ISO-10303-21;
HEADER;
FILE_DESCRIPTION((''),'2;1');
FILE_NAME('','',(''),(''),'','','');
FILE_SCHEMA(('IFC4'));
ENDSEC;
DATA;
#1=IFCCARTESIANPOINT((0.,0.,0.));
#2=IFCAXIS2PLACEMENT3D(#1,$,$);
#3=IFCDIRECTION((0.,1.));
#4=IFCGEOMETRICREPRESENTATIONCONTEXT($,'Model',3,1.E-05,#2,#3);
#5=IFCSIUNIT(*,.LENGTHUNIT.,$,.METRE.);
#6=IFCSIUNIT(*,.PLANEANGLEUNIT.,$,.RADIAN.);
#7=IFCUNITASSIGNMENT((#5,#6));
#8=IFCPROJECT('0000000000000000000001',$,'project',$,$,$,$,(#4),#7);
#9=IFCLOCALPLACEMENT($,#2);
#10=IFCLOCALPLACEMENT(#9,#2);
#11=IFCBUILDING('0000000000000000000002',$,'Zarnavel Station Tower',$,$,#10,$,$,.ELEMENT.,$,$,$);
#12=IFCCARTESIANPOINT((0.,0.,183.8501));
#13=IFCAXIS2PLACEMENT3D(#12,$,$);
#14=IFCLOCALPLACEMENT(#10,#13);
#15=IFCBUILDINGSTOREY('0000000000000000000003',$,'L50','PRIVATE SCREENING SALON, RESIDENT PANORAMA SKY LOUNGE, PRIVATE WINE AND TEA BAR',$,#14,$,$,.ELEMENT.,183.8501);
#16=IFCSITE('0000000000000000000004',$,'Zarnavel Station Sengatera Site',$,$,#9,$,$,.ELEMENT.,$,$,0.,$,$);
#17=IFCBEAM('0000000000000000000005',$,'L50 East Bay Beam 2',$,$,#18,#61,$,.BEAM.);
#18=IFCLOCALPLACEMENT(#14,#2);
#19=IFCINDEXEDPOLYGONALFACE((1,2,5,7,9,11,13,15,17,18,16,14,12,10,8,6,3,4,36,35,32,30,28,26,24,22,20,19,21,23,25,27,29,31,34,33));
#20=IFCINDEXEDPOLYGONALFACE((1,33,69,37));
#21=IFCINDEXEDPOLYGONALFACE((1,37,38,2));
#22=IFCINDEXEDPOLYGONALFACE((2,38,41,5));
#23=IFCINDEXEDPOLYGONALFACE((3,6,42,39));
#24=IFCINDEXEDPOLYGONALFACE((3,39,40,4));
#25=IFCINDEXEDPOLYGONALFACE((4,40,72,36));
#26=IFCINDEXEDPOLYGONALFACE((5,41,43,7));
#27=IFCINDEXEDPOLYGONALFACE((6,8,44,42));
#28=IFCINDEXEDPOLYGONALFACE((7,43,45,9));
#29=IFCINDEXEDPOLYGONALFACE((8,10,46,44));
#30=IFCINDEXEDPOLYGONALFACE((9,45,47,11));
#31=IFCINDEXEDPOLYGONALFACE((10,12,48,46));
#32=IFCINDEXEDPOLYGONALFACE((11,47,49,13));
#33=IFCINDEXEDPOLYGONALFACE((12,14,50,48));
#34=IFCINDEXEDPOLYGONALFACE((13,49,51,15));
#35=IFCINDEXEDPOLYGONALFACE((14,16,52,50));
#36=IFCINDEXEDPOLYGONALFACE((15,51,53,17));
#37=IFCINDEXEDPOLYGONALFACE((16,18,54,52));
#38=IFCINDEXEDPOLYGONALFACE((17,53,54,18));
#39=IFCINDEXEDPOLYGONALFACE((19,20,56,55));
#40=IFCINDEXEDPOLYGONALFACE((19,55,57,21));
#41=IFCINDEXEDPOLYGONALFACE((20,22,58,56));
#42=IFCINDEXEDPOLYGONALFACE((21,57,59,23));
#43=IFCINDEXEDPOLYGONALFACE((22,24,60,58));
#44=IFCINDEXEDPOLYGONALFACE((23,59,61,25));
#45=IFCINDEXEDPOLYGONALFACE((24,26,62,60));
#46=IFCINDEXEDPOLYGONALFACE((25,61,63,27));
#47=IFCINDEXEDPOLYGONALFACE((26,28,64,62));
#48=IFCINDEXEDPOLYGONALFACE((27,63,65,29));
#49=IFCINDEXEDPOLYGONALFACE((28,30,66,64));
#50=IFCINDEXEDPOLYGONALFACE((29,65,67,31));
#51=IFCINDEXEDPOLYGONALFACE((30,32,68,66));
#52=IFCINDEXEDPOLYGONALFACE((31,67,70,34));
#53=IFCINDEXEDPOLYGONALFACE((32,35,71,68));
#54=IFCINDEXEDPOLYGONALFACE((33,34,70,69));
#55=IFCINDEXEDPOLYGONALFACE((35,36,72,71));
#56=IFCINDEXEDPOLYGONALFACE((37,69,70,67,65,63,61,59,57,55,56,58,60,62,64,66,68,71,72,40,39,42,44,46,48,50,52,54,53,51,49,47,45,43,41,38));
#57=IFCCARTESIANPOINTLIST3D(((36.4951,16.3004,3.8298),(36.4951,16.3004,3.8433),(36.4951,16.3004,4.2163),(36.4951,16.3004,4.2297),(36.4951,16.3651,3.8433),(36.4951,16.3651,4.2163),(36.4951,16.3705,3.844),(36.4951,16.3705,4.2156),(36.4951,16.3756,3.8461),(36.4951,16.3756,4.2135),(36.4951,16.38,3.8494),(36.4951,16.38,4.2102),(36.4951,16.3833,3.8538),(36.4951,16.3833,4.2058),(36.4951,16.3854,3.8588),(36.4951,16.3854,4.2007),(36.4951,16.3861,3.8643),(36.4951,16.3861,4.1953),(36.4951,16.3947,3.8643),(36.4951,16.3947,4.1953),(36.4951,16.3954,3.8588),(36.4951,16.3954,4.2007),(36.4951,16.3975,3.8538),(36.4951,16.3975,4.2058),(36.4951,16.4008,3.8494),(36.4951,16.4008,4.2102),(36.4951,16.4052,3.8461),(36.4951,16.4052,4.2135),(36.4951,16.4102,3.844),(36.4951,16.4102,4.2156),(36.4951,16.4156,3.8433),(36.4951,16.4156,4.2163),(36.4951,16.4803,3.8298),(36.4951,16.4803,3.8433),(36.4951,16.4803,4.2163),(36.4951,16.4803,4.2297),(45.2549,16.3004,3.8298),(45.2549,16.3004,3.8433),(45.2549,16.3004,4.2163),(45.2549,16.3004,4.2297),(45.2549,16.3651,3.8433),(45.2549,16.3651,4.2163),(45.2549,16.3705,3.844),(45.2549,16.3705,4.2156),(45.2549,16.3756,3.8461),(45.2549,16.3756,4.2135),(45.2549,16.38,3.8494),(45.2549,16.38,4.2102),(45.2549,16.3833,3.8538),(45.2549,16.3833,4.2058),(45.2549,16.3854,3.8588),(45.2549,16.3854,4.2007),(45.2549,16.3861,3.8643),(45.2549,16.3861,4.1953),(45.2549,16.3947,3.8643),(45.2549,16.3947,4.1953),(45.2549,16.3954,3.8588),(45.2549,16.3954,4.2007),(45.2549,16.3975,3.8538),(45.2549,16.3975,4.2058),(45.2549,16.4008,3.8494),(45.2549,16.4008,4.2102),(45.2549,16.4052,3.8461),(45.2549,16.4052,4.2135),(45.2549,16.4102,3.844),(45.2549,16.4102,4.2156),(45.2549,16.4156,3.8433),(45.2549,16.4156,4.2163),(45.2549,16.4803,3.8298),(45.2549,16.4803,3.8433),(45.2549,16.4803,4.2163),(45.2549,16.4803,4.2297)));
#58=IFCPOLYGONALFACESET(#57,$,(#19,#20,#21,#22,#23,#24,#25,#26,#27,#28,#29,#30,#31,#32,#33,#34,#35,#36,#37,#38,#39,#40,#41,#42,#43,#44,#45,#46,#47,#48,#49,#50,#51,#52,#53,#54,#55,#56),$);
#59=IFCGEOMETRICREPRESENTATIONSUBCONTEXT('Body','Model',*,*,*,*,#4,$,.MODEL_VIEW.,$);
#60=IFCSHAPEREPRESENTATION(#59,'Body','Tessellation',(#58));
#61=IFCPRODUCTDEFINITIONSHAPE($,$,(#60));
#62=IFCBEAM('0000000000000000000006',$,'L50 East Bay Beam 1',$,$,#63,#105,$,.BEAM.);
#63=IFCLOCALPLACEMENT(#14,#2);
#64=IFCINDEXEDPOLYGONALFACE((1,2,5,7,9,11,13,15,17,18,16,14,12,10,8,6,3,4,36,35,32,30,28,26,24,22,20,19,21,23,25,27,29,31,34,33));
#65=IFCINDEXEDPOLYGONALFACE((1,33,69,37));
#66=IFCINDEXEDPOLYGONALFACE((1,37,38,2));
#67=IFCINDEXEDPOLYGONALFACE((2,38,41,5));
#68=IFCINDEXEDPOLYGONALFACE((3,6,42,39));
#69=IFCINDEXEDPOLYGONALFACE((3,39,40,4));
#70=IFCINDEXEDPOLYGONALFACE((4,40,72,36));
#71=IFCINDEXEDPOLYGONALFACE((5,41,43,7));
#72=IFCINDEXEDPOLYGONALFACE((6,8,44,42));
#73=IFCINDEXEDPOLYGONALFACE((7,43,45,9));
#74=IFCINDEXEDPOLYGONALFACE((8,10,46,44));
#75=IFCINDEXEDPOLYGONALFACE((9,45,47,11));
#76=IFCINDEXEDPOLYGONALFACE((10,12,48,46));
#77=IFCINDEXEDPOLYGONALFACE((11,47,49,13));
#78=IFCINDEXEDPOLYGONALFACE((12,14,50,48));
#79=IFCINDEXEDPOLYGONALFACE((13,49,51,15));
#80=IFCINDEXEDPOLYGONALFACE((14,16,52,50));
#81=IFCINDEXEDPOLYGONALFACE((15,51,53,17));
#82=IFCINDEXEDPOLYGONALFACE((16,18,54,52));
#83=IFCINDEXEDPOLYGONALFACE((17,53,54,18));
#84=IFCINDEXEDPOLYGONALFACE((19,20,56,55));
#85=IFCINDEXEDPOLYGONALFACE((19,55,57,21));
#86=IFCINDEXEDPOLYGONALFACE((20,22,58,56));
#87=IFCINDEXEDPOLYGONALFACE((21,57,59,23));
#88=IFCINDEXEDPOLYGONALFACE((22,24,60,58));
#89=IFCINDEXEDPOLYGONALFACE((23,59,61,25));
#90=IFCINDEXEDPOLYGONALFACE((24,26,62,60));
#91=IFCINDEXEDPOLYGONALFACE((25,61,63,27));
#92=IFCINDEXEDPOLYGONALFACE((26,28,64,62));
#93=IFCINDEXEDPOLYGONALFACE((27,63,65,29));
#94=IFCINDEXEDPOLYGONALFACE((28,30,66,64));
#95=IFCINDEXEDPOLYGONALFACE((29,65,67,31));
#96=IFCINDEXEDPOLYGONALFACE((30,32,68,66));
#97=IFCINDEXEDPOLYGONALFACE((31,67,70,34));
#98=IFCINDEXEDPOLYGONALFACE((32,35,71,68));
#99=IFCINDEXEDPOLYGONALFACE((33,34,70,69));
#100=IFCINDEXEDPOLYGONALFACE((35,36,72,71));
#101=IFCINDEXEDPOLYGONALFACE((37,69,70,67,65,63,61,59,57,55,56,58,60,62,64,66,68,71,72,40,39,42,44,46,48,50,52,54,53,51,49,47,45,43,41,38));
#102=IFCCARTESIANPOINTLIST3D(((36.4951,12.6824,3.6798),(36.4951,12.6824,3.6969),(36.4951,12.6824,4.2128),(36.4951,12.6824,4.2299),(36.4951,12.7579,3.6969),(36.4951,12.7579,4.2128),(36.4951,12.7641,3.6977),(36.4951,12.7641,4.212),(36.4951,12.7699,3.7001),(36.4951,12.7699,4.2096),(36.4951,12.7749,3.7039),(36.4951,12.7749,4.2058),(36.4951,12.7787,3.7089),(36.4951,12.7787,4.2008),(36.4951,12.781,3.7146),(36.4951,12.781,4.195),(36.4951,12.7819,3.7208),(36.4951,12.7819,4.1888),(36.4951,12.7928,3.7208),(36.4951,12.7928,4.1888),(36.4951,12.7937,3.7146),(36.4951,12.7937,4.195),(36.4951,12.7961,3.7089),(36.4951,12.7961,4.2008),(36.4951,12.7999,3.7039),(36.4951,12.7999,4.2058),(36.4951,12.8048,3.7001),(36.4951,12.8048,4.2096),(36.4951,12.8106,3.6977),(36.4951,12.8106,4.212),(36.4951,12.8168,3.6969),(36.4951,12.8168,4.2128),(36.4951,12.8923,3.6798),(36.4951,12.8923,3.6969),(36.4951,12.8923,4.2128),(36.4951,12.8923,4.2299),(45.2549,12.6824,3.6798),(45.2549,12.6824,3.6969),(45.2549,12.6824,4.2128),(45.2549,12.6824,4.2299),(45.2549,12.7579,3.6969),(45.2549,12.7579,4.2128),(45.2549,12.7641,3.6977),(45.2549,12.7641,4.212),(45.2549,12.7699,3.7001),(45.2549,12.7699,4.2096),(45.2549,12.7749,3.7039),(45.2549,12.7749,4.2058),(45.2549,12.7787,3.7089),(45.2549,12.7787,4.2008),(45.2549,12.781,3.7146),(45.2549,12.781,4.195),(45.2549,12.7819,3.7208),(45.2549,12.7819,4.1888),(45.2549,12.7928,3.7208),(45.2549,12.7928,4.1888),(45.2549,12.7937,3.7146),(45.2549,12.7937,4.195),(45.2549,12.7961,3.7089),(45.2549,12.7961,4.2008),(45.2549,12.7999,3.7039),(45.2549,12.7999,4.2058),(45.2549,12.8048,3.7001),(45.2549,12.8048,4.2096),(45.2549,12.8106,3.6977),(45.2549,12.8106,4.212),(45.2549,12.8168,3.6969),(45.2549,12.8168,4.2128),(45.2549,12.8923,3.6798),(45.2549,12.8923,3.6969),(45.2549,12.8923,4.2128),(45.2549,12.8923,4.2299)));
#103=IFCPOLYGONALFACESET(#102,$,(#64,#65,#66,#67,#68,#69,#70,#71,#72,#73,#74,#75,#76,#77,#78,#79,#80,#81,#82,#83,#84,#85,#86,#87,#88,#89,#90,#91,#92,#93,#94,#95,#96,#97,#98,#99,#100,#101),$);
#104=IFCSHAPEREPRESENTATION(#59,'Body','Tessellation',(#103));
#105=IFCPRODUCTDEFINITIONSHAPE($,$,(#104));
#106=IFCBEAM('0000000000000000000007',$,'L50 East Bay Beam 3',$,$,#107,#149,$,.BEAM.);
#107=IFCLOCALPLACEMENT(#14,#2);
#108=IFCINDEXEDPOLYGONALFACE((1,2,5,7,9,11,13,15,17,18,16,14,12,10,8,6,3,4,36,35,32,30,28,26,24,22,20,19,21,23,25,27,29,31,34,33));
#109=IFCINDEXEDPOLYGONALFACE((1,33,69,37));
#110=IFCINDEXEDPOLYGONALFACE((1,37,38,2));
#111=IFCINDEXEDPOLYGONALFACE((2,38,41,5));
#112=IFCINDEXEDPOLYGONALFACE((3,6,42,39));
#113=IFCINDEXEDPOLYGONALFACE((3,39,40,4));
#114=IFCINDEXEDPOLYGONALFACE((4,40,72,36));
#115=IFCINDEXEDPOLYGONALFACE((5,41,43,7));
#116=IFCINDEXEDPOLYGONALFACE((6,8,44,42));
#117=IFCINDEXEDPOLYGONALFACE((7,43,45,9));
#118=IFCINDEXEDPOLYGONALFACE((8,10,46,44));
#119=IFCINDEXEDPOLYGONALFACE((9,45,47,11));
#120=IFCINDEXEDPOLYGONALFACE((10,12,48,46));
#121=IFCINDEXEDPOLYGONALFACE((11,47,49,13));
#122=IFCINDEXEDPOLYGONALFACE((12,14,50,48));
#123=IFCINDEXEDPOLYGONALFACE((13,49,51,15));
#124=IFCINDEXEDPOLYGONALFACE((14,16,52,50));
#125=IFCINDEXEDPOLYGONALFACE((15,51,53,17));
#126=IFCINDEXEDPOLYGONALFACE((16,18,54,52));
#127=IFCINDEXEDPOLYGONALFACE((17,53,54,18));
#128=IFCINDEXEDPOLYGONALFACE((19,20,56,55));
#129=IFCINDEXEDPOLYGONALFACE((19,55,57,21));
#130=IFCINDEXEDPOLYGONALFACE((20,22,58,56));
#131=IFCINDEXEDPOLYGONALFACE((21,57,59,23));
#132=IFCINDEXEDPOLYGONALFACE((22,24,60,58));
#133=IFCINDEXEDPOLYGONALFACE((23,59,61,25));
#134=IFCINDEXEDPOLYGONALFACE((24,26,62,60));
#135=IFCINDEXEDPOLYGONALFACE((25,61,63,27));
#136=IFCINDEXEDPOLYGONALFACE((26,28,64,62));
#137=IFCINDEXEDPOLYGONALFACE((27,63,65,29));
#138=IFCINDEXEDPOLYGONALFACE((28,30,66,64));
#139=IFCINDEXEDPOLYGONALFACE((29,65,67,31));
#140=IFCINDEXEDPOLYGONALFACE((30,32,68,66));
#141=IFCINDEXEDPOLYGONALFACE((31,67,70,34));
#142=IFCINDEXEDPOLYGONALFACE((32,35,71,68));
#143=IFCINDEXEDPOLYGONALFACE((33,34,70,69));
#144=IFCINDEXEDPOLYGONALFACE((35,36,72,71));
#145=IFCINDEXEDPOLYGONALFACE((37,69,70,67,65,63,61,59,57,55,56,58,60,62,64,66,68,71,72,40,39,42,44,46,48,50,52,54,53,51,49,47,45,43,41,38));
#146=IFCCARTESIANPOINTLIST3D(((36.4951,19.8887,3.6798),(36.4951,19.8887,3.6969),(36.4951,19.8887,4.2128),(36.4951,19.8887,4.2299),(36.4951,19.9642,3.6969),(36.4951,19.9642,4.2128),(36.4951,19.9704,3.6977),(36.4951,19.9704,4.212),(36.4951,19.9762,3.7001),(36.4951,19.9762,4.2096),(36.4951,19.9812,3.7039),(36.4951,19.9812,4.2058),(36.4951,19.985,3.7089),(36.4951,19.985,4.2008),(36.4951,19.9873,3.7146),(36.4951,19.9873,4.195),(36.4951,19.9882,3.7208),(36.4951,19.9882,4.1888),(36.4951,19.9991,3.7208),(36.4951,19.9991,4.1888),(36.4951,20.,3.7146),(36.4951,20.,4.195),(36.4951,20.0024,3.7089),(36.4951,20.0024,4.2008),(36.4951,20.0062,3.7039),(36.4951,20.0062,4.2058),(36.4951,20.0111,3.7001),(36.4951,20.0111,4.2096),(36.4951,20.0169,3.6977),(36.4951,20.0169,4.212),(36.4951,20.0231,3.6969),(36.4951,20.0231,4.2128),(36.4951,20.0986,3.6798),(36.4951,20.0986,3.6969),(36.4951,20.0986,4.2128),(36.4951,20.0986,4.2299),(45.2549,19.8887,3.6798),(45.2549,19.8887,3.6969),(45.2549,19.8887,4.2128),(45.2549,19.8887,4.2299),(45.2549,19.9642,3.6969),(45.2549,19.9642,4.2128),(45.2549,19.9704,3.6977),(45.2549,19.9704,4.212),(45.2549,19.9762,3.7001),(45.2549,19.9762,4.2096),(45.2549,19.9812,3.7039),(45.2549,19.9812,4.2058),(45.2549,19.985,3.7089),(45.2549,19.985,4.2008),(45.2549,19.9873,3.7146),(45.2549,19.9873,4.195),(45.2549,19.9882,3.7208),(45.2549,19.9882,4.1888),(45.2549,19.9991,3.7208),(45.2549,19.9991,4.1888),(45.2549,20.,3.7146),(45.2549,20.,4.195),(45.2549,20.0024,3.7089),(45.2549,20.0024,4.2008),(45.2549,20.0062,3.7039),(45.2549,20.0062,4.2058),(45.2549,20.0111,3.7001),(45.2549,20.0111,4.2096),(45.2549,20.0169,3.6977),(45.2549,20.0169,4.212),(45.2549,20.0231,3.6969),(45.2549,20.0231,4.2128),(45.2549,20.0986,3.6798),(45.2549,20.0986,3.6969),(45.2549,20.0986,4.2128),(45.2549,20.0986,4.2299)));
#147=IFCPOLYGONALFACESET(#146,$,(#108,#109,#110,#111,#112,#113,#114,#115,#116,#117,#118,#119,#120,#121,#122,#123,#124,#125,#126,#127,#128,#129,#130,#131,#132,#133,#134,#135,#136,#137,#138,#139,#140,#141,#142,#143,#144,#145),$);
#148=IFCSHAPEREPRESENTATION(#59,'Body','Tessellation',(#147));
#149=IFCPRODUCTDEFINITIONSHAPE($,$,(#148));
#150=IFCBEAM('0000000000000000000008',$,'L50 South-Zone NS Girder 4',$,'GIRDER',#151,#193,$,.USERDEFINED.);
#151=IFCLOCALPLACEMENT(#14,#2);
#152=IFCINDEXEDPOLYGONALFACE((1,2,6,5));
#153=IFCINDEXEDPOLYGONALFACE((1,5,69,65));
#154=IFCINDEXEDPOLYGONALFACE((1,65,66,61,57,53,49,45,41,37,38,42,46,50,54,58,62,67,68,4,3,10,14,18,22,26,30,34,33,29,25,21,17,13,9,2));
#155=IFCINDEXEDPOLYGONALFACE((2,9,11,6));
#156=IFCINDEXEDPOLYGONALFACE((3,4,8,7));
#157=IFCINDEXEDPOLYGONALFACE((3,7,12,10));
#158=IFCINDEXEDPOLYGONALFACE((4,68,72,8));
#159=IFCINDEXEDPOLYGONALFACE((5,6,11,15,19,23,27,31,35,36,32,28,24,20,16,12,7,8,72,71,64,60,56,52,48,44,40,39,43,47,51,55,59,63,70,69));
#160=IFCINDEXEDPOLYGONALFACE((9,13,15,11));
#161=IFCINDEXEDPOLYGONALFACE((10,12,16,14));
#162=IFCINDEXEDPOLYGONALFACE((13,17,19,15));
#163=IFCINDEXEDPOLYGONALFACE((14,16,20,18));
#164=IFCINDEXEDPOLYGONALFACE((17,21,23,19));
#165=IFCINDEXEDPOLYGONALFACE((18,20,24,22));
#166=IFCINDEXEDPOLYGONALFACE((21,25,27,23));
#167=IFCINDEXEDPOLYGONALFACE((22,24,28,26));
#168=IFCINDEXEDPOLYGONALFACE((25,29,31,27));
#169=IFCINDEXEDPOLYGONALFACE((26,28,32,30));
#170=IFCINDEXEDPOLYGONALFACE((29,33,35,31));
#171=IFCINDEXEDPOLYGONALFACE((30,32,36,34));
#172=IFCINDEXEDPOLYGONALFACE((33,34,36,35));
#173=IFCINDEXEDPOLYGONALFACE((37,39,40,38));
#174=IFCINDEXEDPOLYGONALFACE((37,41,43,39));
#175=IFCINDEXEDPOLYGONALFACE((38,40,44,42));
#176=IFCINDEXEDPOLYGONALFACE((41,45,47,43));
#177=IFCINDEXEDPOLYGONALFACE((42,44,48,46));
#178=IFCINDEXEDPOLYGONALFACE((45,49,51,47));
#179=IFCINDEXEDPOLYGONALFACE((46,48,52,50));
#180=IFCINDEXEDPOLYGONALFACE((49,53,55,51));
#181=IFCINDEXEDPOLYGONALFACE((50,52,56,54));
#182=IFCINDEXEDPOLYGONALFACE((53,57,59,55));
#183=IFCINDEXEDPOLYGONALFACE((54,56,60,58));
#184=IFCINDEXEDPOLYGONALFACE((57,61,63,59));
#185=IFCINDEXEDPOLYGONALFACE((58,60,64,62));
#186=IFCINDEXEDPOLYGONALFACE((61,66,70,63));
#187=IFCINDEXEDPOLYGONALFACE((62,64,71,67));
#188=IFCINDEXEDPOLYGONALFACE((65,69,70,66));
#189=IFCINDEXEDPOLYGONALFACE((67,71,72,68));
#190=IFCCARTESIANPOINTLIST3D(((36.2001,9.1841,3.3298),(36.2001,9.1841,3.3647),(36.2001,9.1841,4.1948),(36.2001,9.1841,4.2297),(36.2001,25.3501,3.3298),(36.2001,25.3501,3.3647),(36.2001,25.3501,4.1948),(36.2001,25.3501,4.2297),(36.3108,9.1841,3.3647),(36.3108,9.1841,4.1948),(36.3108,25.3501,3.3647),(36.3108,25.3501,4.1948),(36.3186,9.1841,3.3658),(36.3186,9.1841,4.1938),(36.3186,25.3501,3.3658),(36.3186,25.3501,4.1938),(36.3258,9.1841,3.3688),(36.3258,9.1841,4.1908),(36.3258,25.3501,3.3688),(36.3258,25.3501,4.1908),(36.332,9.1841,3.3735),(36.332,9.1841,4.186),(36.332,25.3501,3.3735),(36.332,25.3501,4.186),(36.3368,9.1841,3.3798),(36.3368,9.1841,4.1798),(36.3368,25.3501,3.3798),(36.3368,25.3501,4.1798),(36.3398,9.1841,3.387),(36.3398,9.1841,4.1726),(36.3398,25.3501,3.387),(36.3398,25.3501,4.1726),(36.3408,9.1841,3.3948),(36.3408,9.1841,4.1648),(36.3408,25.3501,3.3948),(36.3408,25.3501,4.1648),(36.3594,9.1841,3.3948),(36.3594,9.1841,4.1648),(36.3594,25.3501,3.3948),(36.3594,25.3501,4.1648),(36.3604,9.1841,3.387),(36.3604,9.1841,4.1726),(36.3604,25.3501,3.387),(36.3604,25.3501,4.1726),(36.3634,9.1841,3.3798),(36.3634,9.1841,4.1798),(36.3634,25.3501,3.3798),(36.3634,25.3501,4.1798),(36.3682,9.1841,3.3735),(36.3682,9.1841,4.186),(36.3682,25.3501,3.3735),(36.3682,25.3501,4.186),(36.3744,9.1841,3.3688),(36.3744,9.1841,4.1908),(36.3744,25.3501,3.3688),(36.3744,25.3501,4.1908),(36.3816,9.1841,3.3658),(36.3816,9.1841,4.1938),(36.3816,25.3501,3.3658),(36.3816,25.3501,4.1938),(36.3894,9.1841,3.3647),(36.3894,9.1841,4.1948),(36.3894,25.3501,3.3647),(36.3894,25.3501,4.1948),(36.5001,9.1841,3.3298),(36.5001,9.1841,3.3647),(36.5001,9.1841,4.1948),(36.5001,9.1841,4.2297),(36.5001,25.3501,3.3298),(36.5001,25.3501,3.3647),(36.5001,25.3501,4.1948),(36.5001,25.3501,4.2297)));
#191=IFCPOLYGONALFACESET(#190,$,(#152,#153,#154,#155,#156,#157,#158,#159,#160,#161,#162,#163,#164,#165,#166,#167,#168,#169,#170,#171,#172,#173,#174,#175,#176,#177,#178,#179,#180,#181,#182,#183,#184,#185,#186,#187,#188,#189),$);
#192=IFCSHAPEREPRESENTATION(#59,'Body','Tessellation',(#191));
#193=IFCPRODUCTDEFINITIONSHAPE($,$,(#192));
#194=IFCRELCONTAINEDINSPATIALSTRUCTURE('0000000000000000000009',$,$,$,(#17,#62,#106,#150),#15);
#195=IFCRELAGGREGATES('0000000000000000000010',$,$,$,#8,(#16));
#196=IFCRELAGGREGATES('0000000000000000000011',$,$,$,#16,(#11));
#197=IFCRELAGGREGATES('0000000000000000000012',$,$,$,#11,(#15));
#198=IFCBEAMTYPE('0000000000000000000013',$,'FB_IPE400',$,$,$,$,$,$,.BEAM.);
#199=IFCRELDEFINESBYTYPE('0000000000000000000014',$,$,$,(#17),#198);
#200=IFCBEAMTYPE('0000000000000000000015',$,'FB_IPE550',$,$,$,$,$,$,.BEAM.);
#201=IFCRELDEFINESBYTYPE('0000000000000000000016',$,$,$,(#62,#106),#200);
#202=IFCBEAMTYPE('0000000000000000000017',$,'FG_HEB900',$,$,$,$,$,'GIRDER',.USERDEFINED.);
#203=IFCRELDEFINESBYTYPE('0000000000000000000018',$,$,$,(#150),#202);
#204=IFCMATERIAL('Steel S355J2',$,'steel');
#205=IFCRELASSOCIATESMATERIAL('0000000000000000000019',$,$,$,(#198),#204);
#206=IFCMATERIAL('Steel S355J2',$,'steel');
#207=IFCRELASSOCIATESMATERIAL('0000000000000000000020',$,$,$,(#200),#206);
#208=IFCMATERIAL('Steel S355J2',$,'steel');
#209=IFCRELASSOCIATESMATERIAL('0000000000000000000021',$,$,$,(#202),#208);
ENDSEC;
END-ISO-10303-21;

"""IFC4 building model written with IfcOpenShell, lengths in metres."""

from ifc_helpers import new_model, si_unit, direction, frame, origin, origin_2d, place, context, subcontext, project, spatial, i_section, extrude, material, material_profile, profile_set, type_object, element, save


model = new_model("IFC4")

# Units and contexts
model_context = context("Model", 3, precision=1e-05, world=origin(), true_north=direction((0.0, 1.0)))
body_context = subcontext(model_context, "Body", "Model", "MODEL_VIEW")
ifc_project = project(units=[si_unit("LENGTHUNIT", "METRE"), si_unit("PLANEANGLEUNIT", "RADIAN")], contexts=[model_context])

# Site, building, storey
site_placement = place(None, origin())
site = spatial("IfcSite", under=ifc_project, at=site_placement, Name="Zarnavel Station Sengatera Site", CompositionType="ELEMENT", RefElevation=0.0)
building_placement = place(site_placement, origin())
building = spatial("IfcBuilding", under=site, at=building_placement, Name="Zarnavel Station Tower", CompositionType="ELEMENT")
storey_placement = place(building_placement, frame((0.0, 0.0, 183.8501)))
storey = spatial("IfcBuildingStorey", under=building, at=storey_placement, Name="L50", Description="PRIVATE SCREENING SALON, RESIDENT PANORAMA SKY LOUNGE, PRIVATE WINE AND TEA BAR", CompositionType="ELEMENT", Elevation=183.8501)

# Beams
ifc_material_1 = material(Name="Steel S355J2", Category="steel")
ifc_material_profile_1 = material_profile(ifc_material_1, i_section(OverallWidth=0.1799, OverallDepth=0.3999, WebThickness=0.0085, FlangeThickness=0.0134, FilletRadius=0.021, at=origin_2d()), Name="IPE400")
ifc_profile_set_1 = profile_set([ifc_material_profile_1], Name="Steel S355J2")
beam_type_1 = type_object("IfcBeamType", Name="FB_IPE400", PredefinedType="BEAM", material=ifc_profile_set_1)
beam_1_placement = place(storey_placement, frame((36.4951, 16.3904, 4.0298), z_axis=(1.0, 0.0, 0.0), x_axis=(0.0, 1.0, 0.0)))
element("IfcBeam", 1, at=beam_1_placement, inside=storey, type_object=beam_type_1, Name="L50 East Bay Beam 2", PredefinedType="BEAM", context=body_context, shape_type="SweptSolid", body=[
    extrude(i_section(OverallWidth=0.1799, OverallDepth=0.3999, WebThickness=0.0085, FlangeThickness=0.0134, FilletRadius=0.021, at=origin_2d()), origin(), (0.0, 0.0, 1.0), 8.7598),
])
ifc_material_2 = material(Name="Steel S355J2", Category="steel")
ifc_material_profile_2 = material_profile(ifc_material_2, i_section(OverallWidth=0.21, OverallDepth=0.55, WebThickness=0.011, FlangeThickness=0.0171, FilletRadius=0.0239, at=origin_2d()), Name="IPE550")
ifc_profile_set_2 = profile_set([ifc_material_profile_2], Name="Steel S355J2")
beam_type_2 = type_object("IfcBeamType", Name="FB_IPE550", PredefinedType="BEAM", material=ifc_profile_set_2)
for number, where, z_axis, x_axis, name in (
    (2, (36.4951, 12.7874, 3.9548), (1.0, 0.0, 0.0), (0.0, 1.0, 0.0), "L50 East Bay Beam 1"),
    (3, (36.4951, 19.9937, 3.9548), (1.0, 0.0, 0.0), (0.0, 1.0, 0.0), "L50 East Bay Beam 3"),
):
    element("IfcBeam", number, at=place(storey_placement, frame(where, z_axis=z_axis, x_axis=x_axis)), inside=storey, type_object=beam_type_2, Name=name, PredefinedType="BEAM", context=body_context, shape_type="SweptSolid", body=[
        extrude(i_section(OverallWidth=0.21, OverallDepth=0.55, WebThickness=0.011, FlangeThickness=0.0171, FilletRadius=0.0239, at=origin_2d()), origin(), (0.0, 0.0, 1.0), 8.7598),
    ])
ifc_material_3 = material(Name="Steel S355J2", Category="steel")
ifc_material_profile_3 = material_profile(ifc_material_3, i_section(OverallWidth=0.3, OverallDepth=0.8999, WebThickness=0.0186, FlangeThickness=0.0349, FilletRadius=0.03, at=origin_2d()), Name="HEB900")
ifc_profile_set_3 = profile_set([ifc_material_profile_3], Name="Steel S355J2")
beam_type_3 = type_object("IfcBeamType", Name="FG_HEB900", ElementType="GIRDER", PredefinedType="USERDEFINED", material=ifc_profile_set_3)
beam_2_placement = place(storey_placement, frame((36.3501, 9.1841, 3.7798), z_axis=(0.0, 1.0, 0.0), x_axis=(-1.0, 0.0, 0.0)))
element("IfcBeam", 4, at=beam_2_placement, inside=storey, type_object=beam_type_3, Name="L50 South-Zone NS Girder 4", ObjectType="GIRDER", PredefinedType="USERDEFINED", context=body_context, shape_type="SweptSolid", body=[
    extrude(i_section(OverallWidth=0.3, OverallDepth=0.8999, WebThickness=0.0186, FlangeThickness=0.0349, FilletRadius=0.03, at=origin_2d()), origin(), (0.0, 0.0, 1.0), 16.166),
])

save(model, "model.ifc")
